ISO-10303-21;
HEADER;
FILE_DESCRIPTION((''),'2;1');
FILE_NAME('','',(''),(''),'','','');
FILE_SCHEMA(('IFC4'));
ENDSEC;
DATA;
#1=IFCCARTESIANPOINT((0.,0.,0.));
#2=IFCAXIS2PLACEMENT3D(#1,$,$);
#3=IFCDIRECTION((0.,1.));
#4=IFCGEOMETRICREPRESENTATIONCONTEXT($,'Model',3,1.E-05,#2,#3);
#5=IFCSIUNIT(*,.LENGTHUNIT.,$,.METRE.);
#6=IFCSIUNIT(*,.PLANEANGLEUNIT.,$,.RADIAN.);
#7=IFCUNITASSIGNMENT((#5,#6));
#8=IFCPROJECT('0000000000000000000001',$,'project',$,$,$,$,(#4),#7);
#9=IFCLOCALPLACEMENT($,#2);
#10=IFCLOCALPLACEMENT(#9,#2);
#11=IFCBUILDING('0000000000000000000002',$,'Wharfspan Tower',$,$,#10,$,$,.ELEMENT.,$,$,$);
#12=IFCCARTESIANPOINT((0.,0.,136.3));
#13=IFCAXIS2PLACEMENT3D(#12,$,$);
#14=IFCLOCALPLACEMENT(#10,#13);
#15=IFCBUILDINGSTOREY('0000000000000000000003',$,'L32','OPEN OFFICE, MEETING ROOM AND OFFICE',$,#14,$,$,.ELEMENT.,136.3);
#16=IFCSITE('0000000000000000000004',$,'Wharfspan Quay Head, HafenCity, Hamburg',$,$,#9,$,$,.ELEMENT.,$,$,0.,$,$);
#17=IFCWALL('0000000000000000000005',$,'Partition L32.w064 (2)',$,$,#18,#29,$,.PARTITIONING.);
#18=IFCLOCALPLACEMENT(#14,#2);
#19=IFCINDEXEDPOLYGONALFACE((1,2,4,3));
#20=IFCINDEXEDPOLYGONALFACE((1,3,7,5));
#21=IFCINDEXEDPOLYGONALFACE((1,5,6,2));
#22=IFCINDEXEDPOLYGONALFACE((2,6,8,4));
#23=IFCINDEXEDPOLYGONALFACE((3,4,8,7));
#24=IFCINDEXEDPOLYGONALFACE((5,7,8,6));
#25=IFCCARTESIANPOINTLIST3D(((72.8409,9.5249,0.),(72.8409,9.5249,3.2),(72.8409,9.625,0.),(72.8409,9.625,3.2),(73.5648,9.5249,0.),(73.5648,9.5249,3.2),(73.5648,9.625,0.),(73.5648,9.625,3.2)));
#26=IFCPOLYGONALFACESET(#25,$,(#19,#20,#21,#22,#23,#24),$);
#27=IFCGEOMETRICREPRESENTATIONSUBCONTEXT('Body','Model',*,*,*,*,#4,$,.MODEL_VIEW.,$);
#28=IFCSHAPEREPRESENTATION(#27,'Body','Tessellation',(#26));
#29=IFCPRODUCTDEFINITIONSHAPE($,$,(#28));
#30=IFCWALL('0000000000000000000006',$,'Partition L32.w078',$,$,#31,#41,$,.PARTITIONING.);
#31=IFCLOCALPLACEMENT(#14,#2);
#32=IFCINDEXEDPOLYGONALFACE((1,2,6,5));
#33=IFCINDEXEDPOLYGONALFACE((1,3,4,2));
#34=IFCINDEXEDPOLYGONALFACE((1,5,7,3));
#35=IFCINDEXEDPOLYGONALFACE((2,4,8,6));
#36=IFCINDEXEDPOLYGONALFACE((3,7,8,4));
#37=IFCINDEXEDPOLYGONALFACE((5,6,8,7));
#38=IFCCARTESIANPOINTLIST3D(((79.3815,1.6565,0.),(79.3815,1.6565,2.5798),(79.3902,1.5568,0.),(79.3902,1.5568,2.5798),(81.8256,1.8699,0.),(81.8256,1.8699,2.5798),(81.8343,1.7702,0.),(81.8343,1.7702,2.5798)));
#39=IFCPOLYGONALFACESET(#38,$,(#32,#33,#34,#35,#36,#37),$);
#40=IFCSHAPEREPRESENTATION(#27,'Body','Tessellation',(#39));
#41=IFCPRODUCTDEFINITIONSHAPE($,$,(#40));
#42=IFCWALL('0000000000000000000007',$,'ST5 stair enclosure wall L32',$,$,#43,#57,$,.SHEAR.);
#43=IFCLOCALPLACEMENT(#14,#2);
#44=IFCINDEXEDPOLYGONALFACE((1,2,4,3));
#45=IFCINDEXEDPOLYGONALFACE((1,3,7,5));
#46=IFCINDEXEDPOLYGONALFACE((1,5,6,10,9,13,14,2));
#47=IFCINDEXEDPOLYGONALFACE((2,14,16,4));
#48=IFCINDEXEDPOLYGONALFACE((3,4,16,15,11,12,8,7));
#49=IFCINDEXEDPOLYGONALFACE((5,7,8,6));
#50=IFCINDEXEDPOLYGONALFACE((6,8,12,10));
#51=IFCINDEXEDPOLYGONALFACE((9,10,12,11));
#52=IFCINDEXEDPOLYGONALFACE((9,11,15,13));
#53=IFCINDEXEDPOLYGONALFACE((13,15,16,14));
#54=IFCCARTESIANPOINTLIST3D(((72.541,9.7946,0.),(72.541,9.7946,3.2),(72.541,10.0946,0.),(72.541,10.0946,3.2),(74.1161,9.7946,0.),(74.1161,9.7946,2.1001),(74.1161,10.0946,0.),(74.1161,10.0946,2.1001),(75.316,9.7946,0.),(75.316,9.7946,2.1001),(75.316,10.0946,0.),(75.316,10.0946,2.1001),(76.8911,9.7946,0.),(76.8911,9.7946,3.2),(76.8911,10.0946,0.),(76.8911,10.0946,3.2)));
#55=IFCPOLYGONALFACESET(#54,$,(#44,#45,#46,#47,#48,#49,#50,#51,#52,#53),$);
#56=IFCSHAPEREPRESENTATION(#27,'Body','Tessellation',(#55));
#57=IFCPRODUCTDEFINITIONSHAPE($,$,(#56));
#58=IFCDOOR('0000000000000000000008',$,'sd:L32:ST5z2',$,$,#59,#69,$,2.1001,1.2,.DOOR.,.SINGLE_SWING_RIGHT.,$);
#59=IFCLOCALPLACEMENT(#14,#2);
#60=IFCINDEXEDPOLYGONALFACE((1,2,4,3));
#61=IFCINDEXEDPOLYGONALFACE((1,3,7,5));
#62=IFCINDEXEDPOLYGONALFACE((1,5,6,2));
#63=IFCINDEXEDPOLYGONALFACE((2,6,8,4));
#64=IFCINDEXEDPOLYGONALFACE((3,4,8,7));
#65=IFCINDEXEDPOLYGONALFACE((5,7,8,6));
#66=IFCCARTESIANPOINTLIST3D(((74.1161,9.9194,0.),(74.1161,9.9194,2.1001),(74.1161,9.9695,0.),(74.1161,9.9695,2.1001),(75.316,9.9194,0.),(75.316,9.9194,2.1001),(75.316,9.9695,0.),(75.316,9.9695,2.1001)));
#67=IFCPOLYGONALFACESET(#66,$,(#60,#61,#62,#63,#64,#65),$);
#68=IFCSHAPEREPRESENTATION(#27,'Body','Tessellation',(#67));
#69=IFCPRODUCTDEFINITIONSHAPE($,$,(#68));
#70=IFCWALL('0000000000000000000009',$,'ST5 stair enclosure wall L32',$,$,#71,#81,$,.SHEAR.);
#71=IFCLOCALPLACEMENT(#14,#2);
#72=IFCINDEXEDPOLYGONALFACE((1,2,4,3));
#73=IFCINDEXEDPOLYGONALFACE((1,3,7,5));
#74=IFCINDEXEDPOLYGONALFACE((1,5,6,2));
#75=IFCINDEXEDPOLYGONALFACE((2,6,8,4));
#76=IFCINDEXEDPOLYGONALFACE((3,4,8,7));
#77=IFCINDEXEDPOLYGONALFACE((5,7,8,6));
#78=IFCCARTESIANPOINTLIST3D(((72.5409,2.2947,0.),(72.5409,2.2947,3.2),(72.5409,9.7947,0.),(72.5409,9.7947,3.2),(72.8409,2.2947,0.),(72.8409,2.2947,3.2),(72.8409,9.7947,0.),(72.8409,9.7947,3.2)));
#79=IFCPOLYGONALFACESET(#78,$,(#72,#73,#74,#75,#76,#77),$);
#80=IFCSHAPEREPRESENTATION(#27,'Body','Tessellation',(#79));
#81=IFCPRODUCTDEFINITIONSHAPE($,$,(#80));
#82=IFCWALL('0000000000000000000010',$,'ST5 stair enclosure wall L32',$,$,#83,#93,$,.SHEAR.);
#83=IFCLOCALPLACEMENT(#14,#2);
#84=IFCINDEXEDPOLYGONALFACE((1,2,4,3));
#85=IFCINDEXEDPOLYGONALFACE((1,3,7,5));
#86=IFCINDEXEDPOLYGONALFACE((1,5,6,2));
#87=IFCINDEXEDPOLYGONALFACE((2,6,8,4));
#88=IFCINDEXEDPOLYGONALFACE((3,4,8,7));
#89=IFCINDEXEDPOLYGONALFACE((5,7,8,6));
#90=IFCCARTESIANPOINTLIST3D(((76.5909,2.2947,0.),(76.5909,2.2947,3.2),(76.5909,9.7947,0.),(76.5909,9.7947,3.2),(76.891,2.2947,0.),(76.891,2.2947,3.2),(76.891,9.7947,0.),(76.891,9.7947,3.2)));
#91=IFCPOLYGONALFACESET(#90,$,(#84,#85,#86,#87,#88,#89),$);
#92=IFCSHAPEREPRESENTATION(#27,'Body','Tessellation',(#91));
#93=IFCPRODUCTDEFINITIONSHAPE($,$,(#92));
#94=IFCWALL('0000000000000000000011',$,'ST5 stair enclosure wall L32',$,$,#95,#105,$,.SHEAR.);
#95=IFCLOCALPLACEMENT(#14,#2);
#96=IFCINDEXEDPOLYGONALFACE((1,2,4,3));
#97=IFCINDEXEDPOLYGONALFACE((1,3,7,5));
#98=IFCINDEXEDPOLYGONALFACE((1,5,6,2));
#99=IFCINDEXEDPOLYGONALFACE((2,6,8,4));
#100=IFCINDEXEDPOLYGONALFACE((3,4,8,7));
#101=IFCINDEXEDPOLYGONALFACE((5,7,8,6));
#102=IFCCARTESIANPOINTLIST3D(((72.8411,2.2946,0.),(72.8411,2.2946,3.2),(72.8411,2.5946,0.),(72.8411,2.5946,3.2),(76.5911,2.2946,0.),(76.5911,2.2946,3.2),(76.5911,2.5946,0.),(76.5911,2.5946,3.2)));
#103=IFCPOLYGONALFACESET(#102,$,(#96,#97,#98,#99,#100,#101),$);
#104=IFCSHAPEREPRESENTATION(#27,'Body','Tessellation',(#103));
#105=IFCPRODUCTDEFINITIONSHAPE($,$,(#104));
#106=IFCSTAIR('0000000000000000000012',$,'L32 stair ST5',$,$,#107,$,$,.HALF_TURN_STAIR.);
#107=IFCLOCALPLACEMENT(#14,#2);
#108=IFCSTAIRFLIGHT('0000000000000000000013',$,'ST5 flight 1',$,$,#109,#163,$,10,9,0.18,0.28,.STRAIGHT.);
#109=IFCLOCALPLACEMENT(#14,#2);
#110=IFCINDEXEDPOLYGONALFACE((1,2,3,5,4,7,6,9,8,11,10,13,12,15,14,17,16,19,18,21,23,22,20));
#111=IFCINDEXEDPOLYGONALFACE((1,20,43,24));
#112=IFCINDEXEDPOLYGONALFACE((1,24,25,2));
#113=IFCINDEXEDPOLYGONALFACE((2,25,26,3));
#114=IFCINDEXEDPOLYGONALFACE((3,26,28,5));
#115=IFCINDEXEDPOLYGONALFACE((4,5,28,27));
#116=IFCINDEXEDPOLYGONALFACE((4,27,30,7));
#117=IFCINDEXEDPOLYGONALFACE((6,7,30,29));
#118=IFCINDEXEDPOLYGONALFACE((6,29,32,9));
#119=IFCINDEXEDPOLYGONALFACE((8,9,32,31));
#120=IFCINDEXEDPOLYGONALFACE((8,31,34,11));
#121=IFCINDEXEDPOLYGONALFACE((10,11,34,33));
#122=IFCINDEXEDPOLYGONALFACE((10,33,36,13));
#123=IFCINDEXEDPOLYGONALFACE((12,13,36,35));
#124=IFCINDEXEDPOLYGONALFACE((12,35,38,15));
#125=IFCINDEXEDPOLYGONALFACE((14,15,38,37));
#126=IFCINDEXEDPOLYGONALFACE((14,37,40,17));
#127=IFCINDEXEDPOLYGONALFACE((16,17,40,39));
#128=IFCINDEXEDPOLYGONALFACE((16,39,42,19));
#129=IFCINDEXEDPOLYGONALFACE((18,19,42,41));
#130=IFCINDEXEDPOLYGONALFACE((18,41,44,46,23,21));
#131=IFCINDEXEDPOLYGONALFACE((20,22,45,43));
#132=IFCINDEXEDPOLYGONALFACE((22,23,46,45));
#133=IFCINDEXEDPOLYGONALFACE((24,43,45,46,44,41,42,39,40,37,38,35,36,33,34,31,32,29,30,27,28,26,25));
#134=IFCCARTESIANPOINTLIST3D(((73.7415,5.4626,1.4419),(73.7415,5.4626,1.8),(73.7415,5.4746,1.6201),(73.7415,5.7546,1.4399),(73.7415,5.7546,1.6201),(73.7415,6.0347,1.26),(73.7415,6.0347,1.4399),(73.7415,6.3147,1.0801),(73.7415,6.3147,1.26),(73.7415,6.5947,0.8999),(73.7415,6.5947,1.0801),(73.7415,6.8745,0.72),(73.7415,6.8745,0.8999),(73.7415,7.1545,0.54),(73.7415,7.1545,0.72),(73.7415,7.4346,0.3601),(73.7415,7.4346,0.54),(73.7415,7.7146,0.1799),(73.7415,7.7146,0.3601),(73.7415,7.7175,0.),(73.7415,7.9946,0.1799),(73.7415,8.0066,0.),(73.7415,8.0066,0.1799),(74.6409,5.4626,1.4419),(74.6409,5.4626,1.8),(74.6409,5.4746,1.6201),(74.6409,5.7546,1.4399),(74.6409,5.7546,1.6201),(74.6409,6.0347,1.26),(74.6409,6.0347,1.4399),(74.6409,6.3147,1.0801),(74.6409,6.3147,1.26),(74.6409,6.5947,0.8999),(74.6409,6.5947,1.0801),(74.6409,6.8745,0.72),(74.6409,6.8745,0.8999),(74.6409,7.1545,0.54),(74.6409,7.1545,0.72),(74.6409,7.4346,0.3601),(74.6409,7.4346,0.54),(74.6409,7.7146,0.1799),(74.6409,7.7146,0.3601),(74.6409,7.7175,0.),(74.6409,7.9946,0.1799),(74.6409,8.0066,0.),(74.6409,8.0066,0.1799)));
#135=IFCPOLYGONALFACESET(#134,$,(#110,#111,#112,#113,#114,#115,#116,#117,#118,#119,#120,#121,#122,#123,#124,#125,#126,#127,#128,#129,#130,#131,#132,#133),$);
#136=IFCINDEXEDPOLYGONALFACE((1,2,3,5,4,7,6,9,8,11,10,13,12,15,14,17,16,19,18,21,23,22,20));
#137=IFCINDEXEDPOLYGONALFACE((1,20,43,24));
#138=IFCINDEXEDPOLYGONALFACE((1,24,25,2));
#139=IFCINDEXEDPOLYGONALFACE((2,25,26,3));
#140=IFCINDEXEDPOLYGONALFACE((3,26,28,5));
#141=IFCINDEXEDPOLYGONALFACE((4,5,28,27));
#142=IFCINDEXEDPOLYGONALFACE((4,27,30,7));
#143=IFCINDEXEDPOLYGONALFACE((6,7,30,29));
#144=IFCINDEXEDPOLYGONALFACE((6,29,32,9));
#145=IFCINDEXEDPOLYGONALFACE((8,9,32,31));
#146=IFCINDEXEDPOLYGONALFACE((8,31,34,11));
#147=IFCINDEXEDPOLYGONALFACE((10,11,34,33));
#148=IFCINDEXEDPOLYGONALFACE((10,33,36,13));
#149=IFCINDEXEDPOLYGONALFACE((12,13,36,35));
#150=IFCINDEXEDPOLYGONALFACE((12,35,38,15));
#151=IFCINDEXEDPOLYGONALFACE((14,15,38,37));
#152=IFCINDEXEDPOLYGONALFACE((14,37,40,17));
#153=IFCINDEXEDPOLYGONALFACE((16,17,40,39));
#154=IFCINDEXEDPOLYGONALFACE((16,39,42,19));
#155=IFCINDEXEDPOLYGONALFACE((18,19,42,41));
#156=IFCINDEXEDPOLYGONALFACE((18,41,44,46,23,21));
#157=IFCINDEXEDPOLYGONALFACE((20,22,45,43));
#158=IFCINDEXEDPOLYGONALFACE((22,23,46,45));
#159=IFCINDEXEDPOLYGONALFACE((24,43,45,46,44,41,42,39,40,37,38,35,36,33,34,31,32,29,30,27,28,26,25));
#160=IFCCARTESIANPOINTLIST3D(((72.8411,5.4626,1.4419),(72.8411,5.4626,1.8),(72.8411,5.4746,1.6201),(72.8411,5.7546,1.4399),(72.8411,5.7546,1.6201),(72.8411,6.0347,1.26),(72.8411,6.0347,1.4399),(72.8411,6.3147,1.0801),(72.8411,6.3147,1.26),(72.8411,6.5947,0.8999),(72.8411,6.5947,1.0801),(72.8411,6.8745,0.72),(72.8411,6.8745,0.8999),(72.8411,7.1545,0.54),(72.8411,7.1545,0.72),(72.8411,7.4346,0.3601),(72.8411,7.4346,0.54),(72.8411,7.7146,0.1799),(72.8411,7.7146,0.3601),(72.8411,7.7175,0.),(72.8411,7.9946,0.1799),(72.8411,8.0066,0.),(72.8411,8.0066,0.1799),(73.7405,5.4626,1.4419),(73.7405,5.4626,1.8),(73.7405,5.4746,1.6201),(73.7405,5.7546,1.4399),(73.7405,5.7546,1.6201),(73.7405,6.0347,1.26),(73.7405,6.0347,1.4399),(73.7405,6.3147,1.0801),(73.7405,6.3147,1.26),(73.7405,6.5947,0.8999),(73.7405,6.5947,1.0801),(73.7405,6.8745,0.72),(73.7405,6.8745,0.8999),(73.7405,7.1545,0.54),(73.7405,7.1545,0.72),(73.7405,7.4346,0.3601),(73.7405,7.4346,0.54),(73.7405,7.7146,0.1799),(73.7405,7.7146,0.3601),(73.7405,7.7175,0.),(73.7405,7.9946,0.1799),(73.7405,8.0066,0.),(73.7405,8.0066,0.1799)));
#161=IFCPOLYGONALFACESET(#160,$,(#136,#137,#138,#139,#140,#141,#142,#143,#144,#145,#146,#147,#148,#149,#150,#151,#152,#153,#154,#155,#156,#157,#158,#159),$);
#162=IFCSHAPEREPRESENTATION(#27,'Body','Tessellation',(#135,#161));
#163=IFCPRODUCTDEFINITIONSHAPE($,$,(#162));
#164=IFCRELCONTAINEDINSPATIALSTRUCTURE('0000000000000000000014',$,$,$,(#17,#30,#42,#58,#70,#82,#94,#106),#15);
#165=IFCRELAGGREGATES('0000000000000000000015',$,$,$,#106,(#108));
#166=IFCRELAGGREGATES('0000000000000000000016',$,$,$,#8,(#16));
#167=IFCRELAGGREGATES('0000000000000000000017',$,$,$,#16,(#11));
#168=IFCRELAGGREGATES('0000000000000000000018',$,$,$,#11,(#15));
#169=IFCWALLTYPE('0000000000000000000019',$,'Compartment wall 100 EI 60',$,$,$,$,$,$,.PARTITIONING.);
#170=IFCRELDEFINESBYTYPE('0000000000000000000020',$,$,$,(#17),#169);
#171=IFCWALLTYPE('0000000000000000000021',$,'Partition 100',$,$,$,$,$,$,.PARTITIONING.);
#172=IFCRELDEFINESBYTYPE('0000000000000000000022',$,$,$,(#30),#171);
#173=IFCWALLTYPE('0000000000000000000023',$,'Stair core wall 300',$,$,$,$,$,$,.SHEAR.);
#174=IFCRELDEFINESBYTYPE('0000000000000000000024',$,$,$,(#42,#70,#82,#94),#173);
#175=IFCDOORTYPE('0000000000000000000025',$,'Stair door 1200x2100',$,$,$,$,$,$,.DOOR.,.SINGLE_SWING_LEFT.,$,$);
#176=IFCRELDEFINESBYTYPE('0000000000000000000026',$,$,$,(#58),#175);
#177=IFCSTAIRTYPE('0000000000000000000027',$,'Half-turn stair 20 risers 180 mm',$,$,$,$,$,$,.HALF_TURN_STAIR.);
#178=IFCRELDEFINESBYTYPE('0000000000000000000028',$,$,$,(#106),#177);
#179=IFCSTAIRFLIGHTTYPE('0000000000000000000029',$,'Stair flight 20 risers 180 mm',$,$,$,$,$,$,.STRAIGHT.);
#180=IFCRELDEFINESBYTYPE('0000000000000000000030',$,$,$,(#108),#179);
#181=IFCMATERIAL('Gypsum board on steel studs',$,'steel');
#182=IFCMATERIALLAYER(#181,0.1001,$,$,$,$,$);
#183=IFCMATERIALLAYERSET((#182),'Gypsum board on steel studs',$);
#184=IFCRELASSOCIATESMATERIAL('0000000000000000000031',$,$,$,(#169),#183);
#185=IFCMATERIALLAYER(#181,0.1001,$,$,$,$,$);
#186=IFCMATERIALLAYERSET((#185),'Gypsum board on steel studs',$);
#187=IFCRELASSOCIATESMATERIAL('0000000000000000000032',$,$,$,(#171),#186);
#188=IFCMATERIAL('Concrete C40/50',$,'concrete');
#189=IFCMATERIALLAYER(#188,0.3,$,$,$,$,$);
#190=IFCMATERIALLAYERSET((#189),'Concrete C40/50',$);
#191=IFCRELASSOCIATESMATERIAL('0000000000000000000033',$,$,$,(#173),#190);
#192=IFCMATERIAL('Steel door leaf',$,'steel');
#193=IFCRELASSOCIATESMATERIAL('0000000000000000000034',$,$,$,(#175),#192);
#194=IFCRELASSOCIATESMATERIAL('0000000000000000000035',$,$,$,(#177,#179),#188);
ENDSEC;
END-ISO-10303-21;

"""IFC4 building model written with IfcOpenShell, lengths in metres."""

from ifc_helpers import new_model, si_unit, direction, frame, frame_2d, origin, place, context, subcontext, project, spatial, polyline, rectangle, outline, extrude, material, layer, layer_set, type_object, element, fill, aggregate, save


model = new_model("IFC4")

# Units and contexts
model_context = context("Model", 3, precision=1e-05, world=origin(), true_north=direction((0.0, 1.0)))
body_context = subcontext(model_context, "Body", "Model", "MODEL_VIEW")
ifc_project = project(units=[si_unit("LENGTHUNIT", "METRE"), si_unit("PLANEANGLEUNIT", "RADIAN")], contexts=[model_context])

# Site, building, storey
site_placement = place(None, origin())
site = spatial("IfcSite", under=ifc_project, at=site_placement, Name="Wharfspan Quay Head, HafenCity, Hamburg", CompositionType="ELEMENT", RefElevation=0.0)
building_placement = place(site_placement, origin())
building = spatial("IfcBuilding", under=site, at=building_placement, Name="Wharfspan Tower", CompositionType="ELEMENT")
storey_placement = place(building_placement, frame((0.0, 0.0, 136.3)))
storey = spatial("IfcBuildingStorey", under=building, at=storey_placement, Name="L32", Description="OPEN OFFICE, MEETING ROOM AND OFFICE", CompositionType="ELEMENT", Elevation=136.3)

# Shared definitions
ifc_material_1 = material(Name="Gypsum board on steel studs", Category="steel")
ifc_layer_1 = layer(ifc_material_1, 0.1001)
ifc_layer_set_1 = layer_set([ifc_layer_1], Name="Gypsum board on steel studs")
wall_type_1 = type_object("IfcWallType", Name="Compartment wall 100 EI 60", PredefinedType="PARTITIONING", material=ifc_layer_set_1)

# Walls
wall_1_placement = place(storey_placement, frame((72.8411, 9.575, 0.0), z_axis=(0.0, 0.0, 1.0), x_axis=(1.0, 0.0, 0.0)))
element("IfcWall", 1, at=wall_1_placement, inside=storey, type_object=wall_type_1, Name="Partition L32.w064 (2)", PredefinedType="PARTITIONING", context=body_context, shape_type="SweptSolid", body=[
    extrude(rectangle(XDim=0.7239, YDim=0.1001, at=frame_2d((0.3618, 0.0))), origin(), (0.0, 0.0, 1.0), 3.2),
])
ifc_layer_2 = layer(ifc_material_1, 0.1001)
ifc_layer_set_2 = layer_set([ifc_layer_2], Name="Gypsum board on steel studs")
wall_type_2 = type_object("IfcWallType", Name="Partition 100", PredefinedType="PARTITIONING", material=ifc_layer_set_2)
wall_2_placement = place(storey_placement, frame((79.386, 1.6067, 0.0), z_axis=(0.0, 0.0, 1.0), x_axis=(0.996209, 0.086973, 0.0)))
element("IfcWall", 2, at=wall_2_placement, inside=storey, type_object=wall_type_2, Name="Partition L32.w078", PredefinedType="PARTITIONING", context=body_context, shape_type="SweptSolid", body=[
    extrude(rectangle(XDim=2.4534, YDim=0.1001, at=frame_2d((1.2266, 0.0))), origin(), (0.0, 0.0, 1.0), 2.5798),
])

# Wall, opening, door
ifc_material_2 = material(Name="Concrete C40/50", Category="concrete")
ifc_layer_3 = layer(ifc_material_2, 0.3)
ifc_layer_set_3 = layer_set([ifc_layer_3], Name="Concrete C40/50")
wall_type_3 = type_object("IfcWallType", Name="Stair core wall 300", PredefinedType="SHEAR", material=ifc_layer_set_3)
wall_3_placement = place(storey_placement, frame((72.541, 9.9446, 0.0), z_axis=(0.0, 0.0, 1.0), x_axis=(1.0, 0.0, 0.0)))
wall_3 = element("IfcWall", 3, at=wall_3_placement, inside=storey, type_object=wall_type_3, Name="ST5 stair enclosure wall L32", PredefinedType="SHEAR", context=body_context, shape_type="SweptSolid", body=[
    extrude(rectangle(XDim=4.3501, YDim=0.3, at=frame_2d((2.175, 0.0))), origin(), (0.0, 0.0, 1.0), 3.2),
])
opening_1_placement = place(wall_3_placement, frame((1.575, 0.0, 0.0)))
opening_1 = element("IfcOpeningElement", 4, at=opening_1_placement, cuts=wall_3, PredefinedType="OPENING", context=body_context, shape_type="SweptSolid", body=[
    extrude(rectangle(XDim=1.2, YDim=2.1001, at=frame_2d((0.6001, 1.05))), frame((0.0, 0.1599, 0.0), z_axis=(0.0, -1.0, 0.0), x_axis=(1.0, 0.0, 0.0)), (0.0, 0.0, 1.0), 0.3201),
])
ifc_material_3 = material(Name="Steel door leaf", Category="steel")
door_type_1 = type_object("IfcDoorType", Name="Stair door 1200x2100", OperationType="SINGLE_SWING_LEFT", PredefinedType="DOOR", material=ifc_material_3)
door_1_placement = place(opening_1_placement, origin())
door_1 = element("IfcDoor", 5, at=door_1_placement, inside=storey, type_object=door_type_1, Name="sd:L32:ST5z2", OperationType="SINGLE_SWING_RIGHT", OverallHeight=2.1001, OverallWidth=1.2, PredefinedType="DOOR", context=body_context, shape_type="SweptSolid", body=[
    extrude(rectangle(XDim=1.2, YDim=2.1001, at=frame_2d((0.6001, 1.05))), frame((0.0, 0.0249, 0.0), z_axis=(0.0, -1.0, 0.0), x_axis=(1.0, 0.0, 0.0)), (0.0, 0.0, 1.0), 0.05),
])
fill(opening_1, door_1)

# Walls
for number, where, z_axis, x_axis, name in (
    (6, (72.6909, 2.2947, 0.0), (0.0, 0.0, 1.0), (0.0, 1.0, 0.0), "ST5 stair enclosure wall L32"),
    (7, (76.741, 2.2947, 0.0), (0.0, 0.0, 1.0), (0.0, 1.0, 0.0), "ST5 stair enclosure wall L32"),
):
    element("IfcWall", number, at=place(storey_placement, frame(where, z_axis=z_axis, x_axis=x_axis)), inside=storey, type_object=wall_type_3, Name=name, PredefinedType="SHEAR", context=body_context, shape_type="SweptSolid", body=[
        extrude(rectangle(XDim=7.5, YDim=0.3, at=frame_2d((3.75, 0.0))), origin(), (0.0, 0.0, 1.0), 3.2),
    ])
wall_4_placement = place(storey_placement, frame((72.8411, 2.4446, 0.0), z_axis=(0.0, 0.0, 1.0), x_axis=(1.0, 0.0, 0.0)))
element("IfcWall", 8, at=wall_4_placement, inside=storey, type_object=wall_type_3, Name="ST5 stair enclosure wall L32", PredefinedType="SHEAR", context=body_context, shape_type="SweptSolid", body=[
    extrude(rectangle(XDim=3.75, YDim=0.3, at=frame_2d((1.875, 0.0))), origin(), (0.0, 0.0, 1.0), 3.2),
])

# Stair, stair flight
stair_type = type_object("IfcStairType", Name="Half-turn stair 20 risers 180 mm", PredefinedType="HALF_TURN_STAIR", material=ifc_material_2)
stair_placement = place(storey_placement, origin())
stair = element("IfcStair", 9, at=stair_placement, inside=storey, type_object=stair_type, Name="L32 stair ST5", PredefinedType="HALF_TURN_STAIR")
stair_flight_type = type_object("IfcStairFlightType", Name="Stair flight 20 risers 180 mm", PredefinedType="STRAIGHT", material=ifc_material_2)
stair_flight_1_placement = place(storey_placement, frame((73.741, 7.9946, 0.0), z_axis=(0.0, 0.0, 1.0), x_axis=(0.0, -1.0, 0.0)))
stair_flight_1 = element("IfcStairFlight", 10, at=stair_flight_1_placement, type_object=stair_flight_type, Name="ST5 flight 1", NumberOfRisers=10, NumberOfTreads=9, PredefinedType="STRAIGHT", RiserHeight=0.18, TreadLength=0.28, context=body_context, shape_type="SweptSolid", body=[
    extrude(outline(polyline([(-0.012, 0.0), (-0.012, 0.1799), (0.0, 0.1799), (0.28, 0.1799), (0.28, 0.3601), (0.5601, 0.3601), (0.5601, 0.54), (0.8401, 0.54), (0.8401, 0.72), (1.1201, 0.72), (1.1201, 0.8999), (1.3999, 0.8999), (1.3999, 1.0801), (1.6799, 1.0801), (1.6799, 1.26), (1.96, 1.26), (1.96, 1.4399), (2.24, 1.4399), (2.24, 1.6201), (2.52, 1.6201), (2.532, 1.8), (2.532, 1.4419), (0.2771, 0.0), (-0.012, 0.0)])), frame((0.0, 0.8999, 0.0), z_axis=(0.0, -1.0, 0.0), x_axis=(1.0, 0.0, 0.0)), (0.0, 0.0, 1.0), 0.8994),
    extrude(outline(polyline([(-0.012, 0.0), (-0.012, 0.1799), (0.0, 0.1799), (0.28, 0.1799), (0.28, 0.3601), (0.5601, 0.3601), (0.5601, 0.54), (0.8401, 0.54), (0.8401, 0.72), (1.1201, 0.72), (1.1201, 0.8999), (1.3999, 0.8999), (1.3999, 1.0801), (1.6799, 1.0801), (1.6799, 1.26), (1.96, 1.26), (1.96, 1.4399), (2.24, 1.4399), (2.24, 1.6201), (2.52, 1.6201), (2.532, 1.8), (2.532, 1.4419), (0.2771, 0.0), (-0.012, 0.0)])), frame((0.0, -0.0005, 0.0), z_axis=(0.0, -1.0, 0.0), x_axis=(1.0, 0.0, 0.0)), (0.0, 0.0, 1.0), 0.8994),
])
aggregate(stair, [stair_flight_1])

save(model, "model.ifc")
